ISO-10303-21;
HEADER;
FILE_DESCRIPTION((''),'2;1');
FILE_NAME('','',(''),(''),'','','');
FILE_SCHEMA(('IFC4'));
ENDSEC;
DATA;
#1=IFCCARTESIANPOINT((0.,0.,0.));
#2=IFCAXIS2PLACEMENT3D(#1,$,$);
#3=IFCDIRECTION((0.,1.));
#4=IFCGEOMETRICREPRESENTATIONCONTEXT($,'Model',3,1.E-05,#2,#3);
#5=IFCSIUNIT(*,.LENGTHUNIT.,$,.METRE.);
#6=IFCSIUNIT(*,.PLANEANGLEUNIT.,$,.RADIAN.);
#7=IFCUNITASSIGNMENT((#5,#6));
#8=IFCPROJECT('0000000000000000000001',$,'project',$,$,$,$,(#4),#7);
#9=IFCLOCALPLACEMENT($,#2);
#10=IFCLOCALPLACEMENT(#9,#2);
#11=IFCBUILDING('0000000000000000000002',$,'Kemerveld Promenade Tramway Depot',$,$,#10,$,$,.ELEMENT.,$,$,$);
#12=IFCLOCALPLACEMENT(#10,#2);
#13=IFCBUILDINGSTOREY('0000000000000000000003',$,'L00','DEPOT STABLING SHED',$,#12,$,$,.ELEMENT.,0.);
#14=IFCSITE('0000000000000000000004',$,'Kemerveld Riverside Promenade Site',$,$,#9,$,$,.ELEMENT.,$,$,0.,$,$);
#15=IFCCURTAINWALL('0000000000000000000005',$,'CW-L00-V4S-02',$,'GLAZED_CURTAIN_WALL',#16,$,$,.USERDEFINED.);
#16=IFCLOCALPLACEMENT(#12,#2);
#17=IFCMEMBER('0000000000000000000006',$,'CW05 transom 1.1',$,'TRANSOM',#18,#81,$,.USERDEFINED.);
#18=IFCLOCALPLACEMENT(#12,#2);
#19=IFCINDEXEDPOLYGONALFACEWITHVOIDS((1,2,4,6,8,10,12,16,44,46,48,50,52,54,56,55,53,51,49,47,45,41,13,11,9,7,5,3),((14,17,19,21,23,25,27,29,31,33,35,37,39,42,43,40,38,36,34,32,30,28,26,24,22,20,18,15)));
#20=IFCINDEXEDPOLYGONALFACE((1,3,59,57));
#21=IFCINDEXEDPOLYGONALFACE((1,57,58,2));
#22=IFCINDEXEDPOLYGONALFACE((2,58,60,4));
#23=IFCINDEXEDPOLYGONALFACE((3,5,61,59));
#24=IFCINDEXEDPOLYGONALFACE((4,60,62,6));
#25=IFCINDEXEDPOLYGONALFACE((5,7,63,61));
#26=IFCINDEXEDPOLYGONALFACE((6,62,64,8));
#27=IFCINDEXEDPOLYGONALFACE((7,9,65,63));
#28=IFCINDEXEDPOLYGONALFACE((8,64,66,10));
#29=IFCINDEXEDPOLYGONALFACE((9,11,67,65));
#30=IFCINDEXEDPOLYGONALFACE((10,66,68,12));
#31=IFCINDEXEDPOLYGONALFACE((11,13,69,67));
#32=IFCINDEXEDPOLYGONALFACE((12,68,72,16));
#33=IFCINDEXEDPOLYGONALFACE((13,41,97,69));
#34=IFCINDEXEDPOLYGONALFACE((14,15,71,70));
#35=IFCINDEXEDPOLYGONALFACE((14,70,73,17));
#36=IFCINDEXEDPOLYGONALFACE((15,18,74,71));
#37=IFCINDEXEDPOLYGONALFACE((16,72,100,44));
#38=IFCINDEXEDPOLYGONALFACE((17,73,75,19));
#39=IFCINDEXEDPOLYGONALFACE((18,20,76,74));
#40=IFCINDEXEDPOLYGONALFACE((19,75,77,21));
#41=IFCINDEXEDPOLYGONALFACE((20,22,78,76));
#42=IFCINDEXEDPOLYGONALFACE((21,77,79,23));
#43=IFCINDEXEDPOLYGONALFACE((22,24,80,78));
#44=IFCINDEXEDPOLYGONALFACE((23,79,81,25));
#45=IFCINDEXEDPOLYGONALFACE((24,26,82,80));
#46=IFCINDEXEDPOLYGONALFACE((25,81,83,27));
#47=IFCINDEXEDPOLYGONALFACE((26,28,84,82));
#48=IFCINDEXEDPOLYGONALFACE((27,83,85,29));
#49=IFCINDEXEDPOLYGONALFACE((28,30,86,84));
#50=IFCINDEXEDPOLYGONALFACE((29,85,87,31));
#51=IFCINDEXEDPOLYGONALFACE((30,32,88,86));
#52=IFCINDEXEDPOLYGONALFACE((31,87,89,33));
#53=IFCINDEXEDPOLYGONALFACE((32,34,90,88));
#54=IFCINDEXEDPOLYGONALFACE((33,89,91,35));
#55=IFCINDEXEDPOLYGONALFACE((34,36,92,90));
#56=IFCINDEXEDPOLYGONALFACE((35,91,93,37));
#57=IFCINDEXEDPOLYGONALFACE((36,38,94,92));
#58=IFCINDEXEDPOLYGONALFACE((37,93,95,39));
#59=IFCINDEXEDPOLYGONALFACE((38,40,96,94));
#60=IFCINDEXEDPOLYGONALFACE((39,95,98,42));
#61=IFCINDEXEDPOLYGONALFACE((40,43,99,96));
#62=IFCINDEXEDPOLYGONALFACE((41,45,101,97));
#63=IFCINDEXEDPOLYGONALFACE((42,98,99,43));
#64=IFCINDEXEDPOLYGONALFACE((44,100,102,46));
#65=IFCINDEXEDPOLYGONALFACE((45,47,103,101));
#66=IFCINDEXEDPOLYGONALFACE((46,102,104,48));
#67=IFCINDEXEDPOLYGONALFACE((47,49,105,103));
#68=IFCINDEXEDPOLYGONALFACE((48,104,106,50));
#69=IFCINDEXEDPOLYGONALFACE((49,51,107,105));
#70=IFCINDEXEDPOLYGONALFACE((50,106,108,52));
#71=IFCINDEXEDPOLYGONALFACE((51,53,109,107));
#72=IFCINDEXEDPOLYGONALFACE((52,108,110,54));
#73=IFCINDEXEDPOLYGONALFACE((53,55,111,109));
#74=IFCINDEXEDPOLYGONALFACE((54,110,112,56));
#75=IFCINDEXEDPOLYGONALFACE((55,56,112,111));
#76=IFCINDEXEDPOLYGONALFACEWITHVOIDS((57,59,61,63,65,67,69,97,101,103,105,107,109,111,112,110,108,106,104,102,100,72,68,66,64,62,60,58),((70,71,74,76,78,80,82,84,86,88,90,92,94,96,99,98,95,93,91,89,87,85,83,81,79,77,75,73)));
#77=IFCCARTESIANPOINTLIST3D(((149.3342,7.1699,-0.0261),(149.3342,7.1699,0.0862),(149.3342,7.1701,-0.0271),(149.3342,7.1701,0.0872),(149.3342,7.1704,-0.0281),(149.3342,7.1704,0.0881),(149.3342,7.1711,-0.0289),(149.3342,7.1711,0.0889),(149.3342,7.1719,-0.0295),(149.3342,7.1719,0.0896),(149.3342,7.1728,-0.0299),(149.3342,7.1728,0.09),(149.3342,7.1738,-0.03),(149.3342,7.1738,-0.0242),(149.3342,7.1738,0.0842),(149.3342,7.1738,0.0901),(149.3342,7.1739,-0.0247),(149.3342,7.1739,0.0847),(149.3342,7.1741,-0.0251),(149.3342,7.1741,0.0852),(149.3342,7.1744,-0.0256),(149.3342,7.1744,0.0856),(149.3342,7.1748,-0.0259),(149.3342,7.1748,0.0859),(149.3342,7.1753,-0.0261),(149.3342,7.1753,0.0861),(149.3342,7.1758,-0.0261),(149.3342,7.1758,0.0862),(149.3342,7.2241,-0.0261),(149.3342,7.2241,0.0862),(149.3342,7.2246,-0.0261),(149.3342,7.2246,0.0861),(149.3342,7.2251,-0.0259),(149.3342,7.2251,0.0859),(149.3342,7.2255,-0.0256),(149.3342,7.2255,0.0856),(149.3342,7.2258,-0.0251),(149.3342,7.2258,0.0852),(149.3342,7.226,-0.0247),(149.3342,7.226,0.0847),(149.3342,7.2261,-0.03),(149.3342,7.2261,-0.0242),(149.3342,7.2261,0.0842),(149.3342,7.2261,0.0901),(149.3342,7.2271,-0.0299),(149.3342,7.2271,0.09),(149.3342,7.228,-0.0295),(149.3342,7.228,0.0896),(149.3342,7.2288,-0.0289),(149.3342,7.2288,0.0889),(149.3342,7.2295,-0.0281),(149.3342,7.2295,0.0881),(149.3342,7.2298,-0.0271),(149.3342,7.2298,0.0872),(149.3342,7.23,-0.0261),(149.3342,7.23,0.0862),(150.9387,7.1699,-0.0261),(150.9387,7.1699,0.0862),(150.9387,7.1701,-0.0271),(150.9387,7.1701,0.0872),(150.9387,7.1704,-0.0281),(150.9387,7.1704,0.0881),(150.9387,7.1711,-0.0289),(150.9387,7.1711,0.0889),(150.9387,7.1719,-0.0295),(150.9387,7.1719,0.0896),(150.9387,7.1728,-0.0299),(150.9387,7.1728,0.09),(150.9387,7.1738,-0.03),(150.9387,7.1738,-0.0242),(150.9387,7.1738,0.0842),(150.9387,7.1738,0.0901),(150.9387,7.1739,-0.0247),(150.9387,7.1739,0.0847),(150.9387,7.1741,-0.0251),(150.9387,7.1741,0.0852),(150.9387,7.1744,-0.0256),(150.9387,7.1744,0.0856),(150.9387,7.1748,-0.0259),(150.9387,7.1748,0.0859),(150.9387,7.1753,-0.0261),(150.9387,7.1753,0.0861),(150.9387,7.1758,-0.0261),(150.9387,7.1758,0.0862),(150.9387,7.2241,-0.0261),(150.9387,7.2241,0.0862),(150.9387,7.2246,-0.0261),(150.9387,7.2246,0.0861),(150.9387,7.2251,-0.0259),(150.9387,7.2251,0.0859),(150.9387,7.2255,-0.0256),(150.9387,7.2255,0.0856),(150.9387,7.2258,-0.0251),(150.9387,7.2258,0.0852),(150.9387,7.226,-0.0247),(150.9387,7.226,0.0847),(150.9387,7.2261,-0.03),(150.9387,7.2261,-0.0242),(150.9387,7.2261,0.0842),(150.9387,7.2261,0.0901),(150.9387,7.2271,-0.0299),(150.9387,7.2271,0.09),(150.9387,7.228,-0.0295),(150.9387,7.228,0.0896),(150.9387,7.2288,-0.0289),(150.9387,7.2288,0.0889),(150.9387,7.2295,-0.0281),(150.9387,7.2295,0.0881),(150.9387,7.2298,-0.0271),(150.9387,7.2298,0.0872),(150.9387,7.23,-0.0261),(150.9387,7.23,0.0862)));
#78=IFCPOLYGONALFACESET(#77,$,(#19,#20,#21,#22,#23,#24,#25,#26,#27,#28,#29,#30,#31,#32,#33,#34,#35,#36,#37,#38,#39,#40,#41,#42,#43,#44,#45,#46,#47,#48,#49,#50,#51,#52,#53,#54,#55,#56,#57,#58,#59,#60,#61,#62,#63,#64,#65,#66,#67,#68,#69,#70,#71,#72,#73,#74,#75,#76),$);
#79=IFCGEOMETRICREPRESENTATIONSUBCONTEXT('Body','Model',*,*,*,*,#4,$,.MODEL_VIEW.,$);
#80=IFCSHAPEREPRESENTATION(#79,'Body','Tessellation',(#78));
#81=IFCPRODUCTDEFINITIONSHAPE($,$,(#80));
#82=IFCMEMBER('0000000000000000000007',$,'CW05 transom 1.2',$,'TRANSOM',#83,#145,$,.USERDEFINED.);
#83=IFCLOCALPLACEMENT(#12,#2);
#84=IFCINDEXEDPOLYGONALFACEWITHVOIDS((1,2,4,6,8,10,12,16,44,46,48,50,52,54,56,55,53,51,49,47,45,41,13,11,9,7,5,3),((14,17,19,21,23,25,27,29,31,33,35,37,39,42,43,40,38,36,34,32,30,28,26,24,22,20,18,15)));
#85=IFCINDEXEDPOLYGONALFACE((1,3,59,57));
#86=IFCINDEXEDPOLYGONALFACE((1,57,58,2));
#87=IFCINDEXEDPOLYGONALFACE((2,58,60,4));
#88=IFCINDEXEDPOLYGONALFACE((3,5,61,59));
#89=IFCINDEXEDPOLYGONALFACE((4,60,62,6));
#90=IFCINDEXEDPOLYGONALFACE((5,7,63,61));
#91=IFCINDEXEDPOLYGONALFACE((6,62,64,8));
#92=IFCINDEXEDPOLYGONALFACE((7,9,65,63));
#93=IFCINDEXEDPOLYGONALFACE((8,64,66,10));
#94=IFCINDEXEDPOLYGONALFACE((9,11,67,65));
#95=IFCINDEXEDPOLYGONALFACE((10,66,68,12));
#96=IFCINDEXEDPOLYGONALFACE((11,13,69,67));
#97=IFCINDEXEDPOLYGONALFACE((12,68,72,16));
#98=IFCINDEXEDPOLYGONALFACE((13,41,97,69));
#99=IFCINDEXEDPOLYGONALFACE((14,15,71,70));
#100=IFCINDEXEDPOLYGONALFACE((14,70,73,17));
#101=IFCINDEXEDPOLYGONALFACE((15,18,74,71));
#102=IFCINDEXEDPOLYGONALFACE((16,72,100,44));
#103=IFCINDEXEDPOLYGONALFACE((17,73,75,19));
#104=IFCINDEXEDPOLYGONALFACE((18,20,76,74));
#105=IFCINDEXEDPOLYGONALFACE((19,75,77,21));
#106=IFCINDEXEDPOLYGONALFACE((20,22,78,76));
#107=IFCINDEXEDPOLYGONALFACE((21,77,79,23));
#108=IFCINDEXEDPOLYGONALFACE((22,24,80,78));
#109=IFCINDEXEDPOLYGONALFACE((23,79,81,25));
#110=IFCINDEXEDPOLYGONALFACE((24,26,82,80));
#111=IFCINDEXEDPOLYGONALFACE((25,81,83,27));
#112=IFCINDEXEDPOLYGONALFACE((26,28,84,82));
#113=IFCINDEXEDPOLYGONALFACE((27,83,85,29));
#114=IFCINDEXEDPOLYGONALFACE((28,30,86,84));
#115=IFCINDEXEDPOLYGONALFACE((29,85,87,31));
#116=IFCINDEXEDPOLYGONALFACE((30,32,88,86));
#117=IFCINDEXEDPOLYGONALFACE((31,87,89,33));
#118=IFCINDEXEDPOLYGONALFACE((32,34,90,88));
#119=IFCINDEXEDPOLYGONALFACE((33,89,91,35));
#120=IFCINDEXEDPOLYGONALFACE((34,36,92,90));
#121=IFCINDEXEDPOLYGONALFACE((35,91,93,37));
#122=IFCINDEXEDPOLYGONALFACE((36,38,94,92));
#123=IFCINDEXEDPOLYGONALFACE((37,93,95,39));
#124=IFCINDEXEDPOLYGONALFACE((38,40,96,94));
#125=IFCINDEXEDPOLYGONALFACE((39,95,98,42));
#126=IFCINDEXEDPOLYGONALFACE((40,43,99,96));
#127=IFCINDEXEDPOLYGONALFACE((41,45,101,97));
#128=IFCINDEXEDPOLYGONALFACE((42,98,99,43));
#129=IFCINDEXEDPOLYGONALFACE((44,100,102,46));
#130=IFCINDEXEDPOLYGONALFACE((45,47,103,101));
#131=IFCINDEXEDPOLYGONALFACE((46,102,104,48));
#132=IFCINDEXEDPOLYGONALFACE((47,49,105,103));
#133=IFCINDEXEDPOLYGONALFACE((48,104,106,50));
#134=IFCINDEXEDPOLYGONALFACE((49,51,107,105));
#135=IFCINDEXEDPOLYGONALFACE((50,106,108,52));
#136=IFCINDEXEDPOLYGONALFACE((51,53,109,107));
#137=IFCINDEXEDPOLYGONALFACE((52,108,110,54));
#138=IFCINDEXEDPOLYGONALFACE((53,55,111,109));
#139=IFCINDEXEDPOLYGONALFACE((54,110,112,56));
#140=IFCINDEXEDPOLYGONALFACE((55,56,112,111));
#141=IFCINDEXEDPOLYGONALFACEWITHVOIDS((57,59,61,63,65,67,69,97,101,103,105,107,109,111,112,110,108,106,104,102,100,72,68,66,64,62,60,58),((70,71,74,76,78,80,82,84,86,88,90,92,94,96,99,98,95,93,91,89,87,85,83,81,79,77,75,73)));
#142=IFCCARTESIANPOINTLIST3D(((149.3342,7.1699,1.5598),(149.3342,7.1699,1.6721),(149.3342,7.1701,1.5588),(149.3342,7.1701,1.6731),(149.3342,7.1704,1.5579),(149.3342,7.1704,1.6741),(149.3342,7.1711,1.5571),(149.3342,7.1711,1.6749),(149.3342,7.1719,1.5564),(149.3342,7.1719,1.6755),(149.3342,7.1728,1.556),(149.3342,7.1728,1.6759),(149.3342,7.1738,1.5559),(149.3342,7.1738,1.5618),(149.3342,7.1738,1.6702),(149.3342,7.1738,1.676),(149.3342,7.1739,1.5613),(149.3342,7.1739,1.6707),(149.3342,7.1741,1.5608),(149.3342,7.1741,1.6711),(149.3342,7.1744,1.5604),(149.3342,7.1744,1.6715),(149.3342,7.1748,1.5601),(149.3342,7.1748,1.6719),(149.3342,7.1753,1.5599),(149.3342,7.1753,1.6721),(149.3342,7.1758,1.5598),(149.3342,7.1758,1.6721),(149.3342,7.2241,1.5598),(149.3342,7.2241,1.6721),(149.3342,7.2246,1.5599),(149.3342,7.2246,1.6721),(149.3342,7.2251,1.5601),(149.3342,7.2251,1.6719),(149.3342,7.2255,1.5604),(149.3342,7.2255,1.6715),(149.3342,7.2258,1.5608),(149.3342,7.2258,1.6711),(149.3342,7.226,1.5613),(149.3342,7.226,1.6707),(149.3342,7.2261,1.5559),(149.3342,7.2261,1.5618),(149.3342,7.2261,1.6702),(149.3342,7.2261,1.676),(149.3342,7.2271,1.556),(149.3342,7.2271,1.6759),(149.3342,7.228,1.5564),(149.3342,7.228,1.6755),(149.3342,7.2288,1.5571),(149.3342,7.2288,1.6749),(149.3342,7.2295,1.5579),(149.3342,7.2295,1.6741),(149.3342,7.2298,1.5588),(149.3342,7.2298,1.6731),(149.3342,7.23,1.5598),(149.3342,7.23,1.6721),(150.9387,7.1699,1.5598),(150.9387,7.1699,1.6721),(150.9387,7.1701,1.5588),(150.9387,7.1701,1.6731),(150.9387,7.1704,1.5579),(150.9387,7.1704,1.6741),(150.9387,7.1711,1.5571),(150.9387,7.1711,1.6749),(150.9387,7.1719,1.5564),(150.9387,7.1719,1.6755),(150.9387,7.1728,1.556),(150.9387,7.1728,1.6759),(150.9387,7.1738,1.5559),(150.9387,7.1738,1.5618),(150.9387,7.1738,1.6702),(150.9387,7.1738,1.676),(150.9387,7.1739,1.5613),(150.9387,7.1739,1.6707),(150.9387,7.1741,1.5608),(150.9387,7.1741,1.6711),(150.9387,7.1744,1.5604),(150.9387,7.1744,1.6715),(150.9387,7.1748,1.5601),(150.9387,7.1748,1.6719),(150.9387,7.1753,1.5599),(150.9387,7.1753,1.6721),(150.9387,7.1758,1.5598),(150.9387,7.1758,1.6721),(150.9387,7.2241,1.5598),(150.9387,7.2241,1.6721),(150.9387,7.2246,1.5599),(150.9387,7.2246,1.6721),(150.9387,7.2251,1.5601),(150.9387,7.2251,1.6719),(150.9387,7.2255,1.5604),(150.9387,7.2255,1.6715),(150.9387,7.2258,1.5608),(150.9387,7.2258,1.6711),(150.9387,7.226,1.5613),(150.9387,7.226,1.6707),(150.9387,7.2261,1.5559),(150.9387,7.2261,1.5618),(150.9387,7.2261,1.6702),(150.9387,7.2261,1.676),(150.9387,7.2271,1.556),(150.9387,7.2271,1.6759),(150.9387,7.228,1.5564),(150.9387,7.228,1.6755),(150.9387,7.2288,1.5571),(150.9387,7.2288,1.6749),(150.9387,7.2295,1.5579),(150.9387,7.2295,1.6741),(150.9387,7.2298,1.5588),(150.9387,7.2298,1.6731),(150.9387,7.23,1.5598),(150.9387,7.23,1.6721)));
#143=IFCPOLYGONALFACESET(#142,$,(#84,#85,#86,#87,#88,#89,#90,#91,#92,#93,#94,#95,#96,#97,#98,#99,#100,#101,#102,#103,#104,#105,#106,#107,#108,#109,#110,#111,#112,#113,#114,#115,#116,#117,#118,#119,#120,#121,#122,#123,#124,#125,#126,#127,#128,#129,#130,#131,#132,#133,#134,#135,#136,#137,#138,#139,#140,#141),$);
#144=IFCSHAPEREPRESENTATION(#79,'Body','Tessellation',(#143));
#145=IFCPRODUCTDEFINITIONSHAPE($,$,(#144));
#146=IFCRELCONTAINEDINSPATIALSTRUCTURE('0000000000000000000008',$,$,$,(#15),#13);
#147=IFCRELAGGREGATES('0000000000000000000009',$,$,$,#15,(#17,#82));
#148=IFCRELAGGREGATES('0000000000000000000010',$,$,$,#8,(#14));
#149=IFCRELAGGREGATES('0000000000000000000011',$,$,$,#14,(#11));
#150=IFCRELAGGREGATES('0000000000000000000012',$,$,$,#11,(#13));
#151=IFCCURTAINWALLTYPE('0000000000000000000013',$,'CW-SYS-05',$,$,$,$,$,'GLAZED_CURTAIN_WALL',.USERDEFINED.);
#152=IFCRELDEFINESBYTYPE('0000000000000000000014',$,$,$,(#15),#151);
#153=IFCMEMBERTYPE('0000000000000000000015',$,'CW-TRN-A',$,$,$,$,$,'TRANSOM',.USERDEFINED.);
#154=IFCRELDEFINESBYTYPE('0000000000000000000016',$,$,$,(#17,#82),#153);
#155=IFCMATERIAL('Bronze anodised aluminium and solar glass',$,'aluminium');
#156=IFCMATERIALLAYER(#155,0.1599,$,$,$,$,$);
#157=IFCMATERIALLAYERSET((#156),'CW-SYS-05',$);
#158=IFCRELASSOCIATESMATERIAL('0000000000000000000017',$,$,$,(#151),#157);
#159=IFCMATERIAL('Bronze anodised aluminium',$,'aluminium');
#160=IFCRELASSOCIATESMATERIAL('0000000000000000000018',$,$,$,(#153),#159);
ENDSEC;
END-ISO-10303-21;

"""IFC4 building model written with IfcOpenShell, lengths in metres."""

from ifc_helpers import new_model, si_unit, direction, frame, origin, origin_2d, place, context, subcontext, project, spatial, hollow_rectangle, extrude, material, layer, layer_set, material_profile, profile_set, type_object, element, aggregate, save


model = new_model("IFC4")

# Units and contexts
model_context = context("Model", 3, precision=1e-05, world=origin(), true_north=direction((0.0, 1.0)))
body_context = subcontext(model_context, "Body", "Model", "MODEL_VIEW")
ifc_project = project(units=[si_unit("LENGTHUNIT", "METRE"), si_unit("PLANEANGLEUNIT", "RADIAN")], contexts=[model_context])

# Site, building, storey
site_placement = place(None, origin())
site = spatial("IfcSite", under=ifc_project, at=site_placement, Name="Kemerveld Riverside Promenade Site", CompositionType="ELEMENT", RefElevation=0.0)
building_placement = place(site_placement, origin())
building = spatial("IfcBuilding", under=site, at=building_placement, Name="Kemerveld Promenade Tramway Depot", CompositionType="ELEMENT")
storey_placement = place(building_placement, origin())
storey = spatial("IfcBuildingStorey", under=building, at=storey_placement, Name="L00", Description="DEPOT STABLING SHED", CompositionType="ELEMENT", Elevation=0.0)

# Curtain wall, members
ifc_material_1 = material(Name="Bronze anodised aluminium and solar glass", Category="aluminium")
ifc_layer_1 = layer(ifc_material_1, 0.1599)
ifc_layer_set_1 = layer_set([ifc_layer_1], Name="CW-SYS-05")
curtain_wall_type = type_object("IfcCurtainWallType", Name="CW-SYS-05", ElementType="GLAZED_CURTAIN_WALL", PredefinedType="USERDEFINED", material=ifc_layer_set_1)
curtain_wall_placement = place(storey_placement, origin())
curtain_wall = element("IfcCurtainWall", 1, at=curtain_wall_placement, inside=storey, type_object=curtain_wall_type, Name="CW-L00-V4S-02", ObjectType="GLAZED_CURTAIN_WALL", PredefinedType="USERDEFINED")
ifc_material_2 = material(Name="Bronze anodised aluminium", Category="aluminium")
ifc_material_profile_1 = material_profile(ifc_material_2, hollow_rectangle(XDim=0.0601, YDim=0.1201, WallThickness=0.0039, InnerFilletRadius=0.002, OuterFilletRadius=0.0039, at=origin_2d()), Name="CW-TRN-120x60")
ifc_profile_set_1 = profile_set([ifc_material_profile_1], Name="Bronze anodised aluminium")
member_type_1 = type_object("IfcMemberType", Name="CW-TRN-A", ElementType="TRANSOM", PredefinedType="USERDEFINED", material=ifc_profile_set_1)
member_1_placement = place(storey_placement, frame((150.9387, 7.2, 0.03), z_axis=(-1.0, 0.0, 0.0), x_axis=(0.0, -1.0, 0.0)))
member_1 = element("IfcMember", 2, at=member_1_placement, type_object=member_type_1, Name="CW05 transom 1.1", ObjectType="TRANSOM", PredefinedType="USERDEFINED", context=body_context, shape_type="SweptSolid", body=[
    extrude(hollow_rectangle(XDim=0.0601, YDim=0.1201, WallThickness=0.0039, InnerFilletRadius=0.002, OuterFilletRadius=0.0039, at=origin_2d()), origin(), (0.0, 0.0, 1.0), 1.6045),
])
member_2_placement = place(storey_placement, frame((150.9387, 7.2, 1.616), z_axis=(-1.0, 0.0, 0.0), x_axis=(0.0, -1.0, 0.0)))
member_2 = element("IfcMember", 3, at=member_2_placement, type_object=member_type_1, Name="CW05 transom 1.2", ObjectType="TRANSOM", PredefinedType="USERDEFINED", context=body_context, shape_type="SweptSolid", body=[
    extrude(hollow_rectangle(XDim=0.0601, YDim=0.1201, WallThickness=0.0039, InnerFilletRadius=0.002, OuterFilletRadius=0.0039, at=origin_2d()), origin(), (0.0, 0.0, 1.0), 1.6045),
])
aggregate(curtain_wall, [member_1, member_2])

save(model, "model.ifc")
